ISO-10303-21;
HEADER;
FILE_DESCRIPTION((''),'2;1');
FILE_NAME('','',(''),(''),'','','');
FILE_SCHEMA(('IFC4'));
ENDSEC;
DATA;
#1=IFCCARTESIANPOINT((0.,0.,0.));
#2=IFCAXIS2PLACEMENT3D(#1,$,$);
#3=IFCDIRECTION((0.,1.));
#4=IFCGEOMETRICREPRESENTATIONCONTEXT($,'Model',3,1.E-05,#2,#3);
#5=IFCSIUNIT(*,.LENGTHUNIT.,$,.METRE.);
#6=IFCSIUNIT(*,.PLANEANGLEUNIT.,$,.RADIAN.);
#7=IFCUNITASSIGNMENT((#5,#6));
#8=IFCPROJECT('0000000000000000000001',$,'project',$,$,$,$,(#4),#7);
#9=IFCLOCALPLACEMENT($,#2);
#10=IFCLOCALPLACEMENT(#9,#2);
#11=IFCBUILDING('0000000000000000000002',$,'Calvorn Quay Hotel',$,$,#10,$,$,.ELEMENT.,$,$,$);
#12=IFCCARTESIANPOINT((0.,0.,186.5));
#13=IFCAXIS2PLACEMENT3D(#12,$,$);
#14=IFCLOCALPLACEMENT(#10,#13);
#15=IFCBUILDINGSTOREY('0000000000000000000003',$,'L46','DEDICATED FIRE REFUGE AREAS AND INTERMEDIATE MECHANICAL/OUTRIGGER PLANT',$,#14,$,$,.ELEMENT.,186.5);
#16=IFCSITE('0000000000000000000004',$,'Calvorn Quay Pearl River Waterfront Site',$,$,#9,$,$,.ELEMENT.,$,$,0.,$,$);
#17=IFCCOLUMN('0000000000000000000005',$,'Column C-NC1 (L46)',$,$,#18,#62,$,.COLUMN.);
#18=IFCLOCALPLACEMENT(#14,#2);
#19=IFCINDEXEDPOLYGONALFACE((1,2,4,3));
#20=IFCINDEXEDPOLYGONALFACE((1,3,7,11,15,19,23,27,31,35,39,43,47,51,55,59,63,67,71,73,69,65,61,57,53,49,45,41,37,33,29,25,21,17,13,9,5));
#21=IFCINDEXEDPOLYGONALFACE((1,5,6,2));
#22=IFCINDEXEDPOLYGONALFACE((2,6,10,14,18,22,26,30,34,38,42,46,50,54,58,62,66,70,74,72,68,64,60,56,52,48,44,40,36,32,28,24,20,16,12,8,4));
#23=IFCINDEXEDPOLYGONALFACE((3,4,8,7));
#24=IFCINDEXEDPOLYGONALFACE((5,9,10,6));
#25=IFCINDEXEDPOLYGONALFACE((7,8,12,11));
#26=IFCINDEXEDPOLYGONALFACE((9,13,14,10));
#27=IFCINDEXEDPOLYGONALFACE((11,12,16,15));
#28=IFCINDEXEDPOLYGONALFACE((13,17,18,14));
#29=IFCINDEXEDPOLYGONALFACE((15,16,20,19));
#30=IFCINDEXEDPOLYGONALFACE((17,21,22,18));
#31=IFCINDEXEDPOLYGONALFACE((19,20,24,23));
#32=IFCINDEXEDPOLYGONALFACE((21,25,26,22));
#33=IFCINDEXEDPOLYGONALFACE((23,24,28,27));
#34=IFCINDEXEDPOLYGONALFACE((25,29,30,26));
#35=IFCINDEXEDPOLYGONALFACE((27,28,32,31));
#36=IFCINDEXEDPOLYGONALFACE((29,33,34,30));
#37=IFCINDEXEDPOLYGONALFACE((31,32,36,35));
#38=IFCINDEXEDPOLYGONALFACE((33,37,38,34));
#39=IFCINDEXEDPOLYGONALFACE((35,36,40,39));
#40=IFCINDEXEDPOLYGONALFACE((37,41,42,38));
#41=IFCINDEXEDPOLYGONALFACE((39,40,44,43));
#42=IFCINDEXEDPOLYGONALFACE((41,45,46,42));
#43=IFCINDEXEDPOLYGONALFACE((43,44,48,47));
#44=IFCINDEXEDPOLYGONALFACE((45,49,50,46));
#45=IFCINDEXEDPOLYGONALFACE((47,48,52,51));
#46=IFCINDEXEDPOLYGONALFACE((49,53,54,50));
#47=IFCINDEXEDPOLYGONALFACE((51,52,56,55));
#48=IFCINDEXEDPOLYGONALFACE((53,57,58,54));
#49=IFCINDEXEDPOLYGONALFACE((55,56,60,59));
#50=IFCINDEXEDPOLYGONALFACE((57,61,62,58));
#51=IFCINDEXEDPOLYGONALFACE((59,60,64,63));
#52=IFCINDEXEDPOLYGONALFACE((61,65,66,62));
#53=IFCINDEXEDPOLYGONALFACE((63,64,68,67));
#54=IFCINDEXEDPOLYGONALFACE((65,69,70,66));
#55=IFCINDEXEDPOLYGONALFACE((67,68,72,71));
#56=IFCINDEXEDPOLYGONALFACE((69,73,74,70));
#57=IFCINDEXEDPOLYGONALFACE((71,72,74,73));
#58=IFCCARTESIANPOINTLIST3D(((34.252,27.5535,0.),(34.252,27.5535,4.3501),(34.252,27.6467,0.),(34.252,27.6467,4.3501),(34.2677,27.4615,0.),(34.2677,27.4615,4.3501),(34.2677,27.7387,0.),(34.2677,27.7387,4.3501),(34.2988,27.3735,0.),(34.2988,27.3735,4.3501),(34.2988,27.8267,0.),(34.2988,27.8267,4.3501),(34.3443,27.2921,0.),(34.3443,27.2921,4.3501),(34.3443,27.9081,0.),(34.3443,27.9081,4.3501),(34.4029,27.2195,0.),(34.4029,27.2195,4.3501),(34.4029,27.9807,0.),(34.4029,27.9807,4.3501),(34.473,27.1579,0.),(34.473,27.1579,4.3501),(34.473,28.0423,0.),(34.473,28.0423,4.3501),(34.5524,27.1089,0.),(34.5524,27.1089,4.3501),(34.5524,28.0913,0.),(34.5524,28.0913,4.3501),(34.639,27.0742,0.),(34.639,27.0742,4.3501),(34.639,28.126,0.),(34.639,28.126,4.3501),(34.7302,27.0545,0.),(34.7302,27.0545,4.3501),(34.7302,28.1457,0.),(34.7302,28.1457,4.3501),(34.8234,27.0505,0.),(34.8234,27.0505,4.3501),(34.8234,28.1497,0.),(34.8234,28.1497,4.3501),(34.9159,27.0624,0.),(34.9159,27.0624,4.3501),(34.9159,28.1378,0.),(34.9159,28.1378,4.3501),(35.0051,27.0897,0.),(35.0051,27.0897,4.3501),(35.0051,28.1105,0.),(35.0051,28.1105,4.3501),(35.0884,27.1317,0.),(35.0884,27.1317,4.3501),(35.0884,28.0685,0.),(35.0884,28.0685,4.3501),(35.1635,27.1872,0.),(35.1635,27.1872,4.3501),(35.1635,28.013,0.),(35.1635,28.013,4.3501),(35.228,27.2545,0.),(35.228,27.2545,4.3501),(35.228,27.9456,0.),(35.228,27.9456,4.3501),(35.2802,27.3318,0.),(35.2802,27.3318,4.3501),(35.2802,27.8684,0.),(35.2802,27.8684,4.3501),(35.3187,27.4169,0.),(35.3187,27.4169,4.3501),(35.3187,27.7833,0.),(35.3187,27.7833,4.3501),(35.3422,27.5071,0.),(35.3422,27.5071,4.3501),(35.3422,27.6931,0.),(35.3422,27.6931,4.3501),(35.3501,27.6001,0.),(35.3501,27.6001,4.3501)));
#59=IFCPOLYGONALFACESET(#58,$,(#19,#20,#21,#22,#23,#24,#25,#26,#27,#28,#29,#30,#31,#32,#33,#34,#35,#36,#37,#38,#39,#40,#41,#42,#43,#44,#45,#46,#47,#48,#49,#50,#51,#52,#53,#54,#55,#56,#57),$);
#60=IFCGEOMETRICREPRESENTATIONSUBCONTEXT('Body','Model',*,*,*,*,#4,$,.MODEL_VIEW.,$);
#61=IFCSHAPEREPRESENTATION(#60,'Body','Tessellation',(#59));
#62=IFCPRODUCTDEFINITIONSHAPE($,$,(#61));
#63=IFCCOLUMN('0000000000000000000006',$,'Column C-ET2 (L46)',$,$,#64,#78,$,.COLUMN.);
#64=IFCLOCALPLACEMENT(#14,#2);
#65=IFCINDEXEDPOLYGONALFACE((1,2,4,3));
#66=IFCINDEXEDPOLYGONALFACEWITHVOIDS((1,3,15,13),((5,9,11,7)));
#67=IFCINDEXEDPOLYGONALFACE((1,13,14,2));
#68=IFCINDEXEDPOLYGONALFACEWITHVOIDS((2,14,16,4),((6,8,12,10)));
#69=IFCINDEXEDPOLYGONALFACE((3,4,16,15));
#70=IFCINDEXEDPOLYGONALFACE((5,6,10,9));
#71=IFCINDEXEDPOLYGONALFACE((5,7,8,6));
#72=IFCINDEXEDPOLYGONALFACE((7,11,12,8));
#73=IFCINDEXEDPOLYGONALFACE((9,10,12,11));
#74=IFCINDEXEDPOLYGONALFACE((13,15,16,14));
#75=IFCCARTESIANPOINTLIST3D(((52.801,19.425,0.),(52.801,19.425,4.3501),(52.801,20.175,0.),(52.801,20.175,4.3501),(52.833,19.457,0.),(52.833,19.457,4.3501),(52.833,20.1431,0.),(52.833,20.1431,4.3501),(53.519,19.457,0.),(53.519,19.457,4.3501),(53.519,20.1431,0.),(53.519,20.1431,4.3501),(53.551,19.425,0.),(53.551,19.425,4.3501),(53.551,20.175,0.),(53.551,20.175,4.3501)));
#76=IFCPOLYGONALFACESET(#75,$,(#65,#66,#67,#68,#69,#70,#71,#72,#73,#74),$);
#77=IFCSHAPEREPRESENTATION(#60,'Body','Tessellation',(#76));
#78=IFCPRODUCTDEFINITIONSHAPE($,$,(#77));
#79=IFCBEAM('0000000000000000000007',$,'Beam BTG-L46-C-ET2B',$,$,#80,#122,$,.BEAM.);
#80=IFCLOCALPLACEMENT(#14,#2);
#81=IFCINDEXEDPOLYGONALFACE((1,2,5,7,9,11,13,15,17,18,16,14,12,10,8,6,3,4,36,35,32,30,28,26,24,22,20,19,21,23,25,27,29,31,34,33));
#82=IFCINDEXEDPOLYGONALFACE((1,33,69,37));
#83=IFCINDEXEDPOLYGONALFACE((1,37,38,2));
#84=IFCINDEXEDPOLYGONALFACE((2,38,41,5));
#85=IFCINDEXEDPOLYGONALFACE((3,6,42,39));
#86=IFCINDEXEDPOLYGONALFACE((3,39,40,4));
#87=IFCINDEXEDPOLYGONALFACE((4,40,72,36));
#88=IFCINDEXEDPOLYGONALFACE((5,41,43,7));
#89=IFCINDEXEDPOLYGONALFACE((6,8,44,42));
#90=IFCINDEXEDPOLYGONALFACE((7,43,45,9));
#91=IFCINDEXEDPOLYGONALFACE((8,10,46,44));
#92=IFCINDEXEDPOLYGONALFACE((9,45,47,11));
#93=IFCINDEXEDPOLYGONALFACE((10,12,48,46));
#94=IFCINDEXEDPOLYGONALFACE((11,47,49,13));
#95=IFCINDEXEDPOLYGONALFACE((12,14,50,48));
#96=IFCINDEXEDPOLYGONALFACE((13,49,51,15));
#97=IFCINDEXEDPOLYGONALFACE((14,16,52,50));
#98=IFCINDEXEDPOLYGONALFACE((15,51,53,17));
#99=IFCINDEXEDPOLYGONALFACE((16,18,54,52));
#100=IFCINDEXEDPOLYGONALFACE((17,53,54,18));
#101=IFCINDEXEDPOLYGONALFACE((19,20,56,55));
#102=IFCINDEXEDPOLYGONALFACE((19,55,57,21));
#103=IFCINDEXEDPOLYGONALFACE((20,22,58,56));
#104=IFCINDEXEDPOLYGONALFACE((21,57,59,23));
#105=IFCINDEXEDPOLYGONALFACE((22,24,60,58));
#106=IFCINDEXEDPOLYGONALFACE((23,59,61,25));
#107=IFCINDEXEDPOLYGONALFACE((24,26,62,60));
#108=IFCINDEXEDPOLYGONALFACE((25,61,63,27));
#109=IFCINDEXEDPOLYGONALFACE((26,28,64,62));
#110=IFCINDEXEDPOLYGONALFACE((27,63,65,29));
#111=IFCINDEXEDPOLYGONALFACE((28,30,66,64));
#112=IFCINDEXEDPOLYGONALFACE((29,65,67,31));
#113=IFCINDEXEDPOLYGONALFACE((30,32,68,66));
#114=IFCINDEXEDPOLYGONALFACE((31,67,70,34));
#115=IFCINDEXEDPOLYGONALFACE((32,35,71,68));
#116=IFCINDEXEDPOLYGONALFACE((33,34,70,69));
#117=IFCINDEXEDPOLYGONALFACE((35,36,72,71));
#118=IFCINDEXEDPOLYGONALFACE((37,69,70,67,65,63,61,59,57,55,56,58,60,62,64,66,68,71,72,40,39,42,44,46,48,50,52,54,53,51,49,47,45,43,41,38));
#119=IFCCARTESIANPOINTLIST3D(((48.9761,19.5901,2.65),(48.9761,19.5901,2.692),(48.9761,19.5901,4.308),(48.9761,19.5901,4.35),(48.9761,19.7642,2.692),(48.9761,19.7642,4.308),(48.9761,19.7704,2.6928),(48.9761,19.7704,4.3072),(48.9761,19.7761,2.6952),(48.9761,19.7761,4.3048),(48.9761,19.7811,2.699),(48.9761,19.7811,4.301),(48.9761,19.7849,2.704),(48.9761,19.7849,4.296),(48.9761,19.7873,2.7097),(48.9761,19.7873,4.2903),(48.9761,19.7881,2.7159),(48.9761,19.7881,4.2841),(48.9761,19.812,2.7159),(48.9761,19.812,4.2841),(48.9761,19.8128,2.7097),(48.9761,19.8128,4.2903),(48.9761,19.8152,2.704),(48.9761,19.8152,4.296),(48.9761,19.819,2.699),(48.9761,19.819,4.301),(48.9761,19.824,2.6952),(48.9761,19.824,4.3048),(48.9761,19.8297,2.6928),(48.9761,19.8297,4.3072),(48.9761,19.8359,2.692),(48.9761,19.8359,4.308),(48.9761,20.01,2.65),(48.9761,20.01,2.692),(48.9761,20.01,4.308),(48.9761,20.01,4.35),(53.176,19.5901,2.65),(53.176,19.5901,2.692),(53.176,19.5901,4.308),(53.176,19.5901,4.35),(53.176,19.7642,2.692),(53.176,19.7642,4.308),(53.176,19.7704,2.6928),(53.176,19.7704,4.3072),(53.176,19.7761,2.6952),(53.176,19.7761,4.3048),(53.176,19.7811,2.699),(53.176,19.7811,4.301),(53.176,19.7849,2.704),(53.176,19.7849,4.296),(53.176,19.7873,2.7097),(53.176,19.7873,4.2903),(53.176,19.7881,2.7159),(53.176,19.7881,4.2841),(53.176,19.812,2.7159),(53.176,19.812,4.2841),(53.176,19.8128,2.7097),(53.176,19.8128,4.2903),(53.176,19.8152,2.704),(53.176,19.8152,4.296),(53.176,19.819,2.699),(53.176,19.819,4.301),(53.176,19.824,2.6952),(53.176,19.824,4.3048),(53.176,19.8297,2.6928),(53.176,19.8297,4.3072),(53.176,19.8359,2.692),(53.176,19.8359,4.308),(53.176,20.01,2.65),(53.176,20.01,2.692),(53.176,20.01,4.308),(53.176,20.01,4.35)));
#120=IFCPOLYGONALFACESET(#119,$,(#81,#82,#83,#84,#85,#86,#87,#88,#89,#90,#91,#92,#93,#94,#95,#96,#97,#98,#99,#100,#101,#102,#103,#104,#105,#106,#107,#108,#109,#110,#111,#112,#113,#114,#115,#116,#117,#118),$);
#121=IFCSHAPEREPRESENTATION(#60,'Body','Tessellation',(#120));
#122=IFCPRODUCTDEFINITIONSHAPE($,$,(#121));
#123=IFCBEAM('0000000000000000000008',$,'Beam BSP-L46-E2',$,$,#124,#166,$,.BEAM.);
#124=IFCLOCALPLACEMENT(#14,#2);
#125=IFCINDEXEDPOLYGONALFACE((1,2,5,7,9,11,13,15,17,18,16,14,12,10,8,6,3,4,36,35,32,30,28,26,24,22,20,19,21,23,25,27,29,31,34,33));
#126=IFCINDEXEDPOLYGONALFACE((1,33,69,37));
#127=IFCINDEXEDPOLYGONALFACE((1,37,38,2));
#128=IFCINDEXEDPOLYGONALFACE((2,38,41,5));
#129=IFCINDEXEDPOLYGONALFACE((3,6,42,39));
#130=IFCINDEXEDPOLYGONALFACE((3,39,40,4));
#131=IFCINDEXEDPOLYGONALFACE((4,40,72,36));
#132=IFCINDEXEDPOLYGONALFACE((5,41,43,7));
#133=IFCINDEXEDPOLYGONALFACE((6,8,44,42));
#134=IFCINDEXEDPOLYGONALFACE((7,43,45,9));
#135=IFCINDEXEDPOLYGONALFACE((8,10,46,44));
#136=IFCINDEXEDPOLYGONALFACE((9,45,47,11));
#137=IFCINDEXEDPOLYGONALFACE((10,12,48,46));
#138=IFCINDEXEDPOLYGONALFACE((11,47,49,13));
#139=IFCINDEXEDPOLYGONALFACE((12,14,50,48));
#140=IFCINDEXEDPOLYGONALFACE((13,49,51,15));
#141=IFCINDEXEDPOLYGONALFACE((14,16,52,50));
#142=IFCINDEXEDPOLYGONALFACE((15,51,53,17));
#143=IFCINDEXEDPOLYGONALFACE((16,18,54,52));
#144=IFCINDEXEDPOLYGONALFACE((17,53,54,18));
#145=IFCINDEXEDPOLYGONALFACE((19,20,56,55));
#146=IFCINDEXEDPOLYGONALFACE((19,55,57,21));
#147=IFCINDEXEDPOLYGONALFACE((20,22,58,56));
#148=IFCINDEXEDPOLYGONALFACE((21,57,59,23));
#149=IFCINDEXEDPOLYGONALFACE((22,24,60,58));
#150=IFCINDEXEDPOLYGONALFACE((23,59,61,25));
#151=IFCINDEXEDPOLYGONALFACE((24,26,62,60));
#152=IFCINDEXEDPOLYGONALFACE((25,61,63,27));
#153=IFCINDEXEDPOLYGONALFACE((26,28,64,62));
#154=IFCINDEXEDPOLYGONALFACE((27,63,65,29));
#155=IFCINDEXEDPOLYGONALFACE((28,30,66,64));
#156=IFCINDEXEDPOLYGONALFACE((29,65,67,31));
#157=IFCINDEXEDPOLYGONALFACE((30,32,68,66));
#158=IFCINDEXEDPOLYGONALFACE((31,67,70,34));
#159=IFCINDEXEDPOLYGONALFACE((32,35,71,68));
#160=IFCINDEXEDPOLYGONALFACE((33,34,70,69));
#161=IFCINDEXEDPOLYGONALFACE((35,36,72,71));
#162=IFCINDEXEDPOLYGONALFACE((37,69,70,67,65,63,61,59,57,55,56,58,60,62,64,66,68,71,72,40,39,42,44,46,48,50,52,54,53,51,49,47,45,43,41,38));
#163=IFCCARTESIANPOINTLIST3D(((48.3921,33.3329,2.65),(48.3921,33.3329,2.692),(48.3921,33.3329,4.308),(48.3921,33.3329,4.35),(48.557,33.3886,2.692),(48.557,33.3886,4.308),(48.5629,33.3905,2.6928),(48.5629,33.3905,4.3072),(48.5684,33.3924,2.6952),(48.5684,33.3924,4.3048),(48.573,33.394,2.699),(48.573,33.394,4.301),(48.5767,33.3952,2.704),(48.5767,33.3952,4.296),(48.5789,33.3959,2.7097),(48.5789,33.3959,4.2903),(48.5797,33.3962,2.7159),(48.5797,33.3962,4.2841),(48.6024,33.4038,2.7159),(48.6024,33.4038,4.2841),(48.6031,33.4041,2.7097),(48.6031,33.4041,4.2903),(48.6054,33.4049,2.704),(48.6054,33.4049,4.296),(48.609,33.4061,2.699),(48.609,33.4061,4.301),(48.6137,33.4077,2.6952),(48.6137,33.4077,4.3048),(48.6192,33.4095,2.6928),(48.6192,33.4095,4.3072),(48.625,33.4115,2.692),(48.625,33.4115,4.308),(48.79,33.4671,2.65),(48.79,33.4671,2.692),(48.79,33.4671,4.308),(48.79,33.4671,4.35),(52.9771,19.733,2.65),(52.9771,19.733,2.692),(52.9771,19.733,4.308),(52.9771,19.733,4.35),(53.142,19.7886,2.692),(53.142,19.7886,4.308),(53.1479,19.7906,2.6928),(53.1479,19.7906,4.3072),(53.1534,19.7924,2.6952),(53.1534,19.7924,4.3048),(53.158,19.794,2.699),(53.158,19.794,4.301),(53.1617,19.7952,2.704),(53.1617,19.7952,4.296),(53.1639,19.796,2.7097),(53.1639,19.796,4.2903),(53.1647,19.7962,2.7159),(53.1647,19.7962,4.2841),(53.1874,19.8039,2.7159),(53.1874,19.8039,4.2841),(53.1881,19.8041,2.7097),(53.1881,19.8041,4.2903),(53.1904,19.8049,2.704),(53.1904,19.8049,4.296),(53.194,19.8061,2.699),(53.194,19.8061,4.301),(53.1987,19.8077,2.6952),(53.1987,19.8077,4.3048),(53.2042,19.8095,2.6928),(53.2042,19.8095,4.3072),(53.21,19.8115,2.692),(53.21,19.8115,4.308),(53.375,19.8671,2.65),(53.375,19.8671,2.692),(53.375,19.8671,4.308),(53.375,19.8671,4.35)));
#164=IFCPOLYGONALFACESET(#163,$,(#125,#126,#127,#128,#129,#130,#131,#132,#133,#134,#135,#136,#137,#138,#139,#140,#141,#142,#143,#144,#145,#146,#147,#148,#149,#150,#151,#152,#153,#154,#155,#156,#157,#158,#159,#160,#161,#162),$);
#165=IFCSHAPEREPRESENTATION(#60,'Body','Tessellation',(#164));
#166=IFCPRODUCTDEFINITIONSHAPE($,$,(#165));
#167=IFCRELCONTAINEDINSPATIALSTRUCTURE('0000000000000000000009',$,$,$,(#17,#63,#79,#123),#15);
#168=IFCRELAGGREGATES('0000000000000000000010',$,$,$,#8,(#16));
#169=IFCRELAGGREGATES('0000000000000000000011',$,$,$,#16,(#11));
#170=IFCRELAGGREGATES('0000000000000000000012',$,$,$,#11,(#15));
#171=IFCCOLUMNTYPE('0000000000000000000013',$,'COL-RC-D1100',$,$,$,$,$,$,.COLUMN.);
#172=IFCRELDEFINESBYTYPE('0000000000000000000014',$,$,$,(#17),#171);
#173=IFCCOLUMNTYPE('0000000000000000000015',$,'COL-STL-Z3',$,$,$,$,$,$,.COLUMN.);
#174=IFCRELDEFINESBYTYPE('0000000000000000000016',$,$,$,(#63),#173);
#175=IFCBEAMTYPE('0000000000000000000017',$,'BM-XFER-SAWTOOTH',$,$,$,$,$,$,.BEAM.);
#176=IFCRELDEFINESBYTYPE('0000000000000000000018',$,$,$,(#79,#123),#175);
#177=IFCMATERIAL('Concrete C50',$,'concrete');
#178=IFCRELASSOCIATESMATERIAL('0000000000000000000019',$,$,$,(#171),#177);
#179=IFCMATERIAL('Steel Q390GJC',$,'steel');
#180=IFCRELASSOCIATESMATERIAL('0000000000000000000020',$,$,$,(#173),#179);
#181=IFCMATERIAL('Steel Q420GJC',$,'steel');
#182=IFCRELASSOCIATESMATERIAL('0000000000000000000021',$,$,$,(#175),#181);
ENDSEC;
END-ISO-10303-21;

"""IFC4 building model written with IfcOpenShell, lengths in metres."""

from ifc_helpers import new_model, si_unit, direction, frame, origin, origin_2d, place, context, subcontext, project, spatial, hollow_rectangle, circle, i_section, extrude, material, material_profile, profile_set, type_object, element, save


model = new_model("IFC4")

# Units and contexts
model_context = context("Model", 3, precision=1e-05, world=origin(), true_north=direction((0.0, 1.0)))
body_context = subcontext(model_context, "Body", "Model", "MODEL_VIEW")
ifc_project = project(units=[si_unit("LENGTHUNIT", "METRE"), si_unit("PLANEANGLEUNIT", "RADIAN")], contexts=[model_context])

# Site, building, storey
site_placement = place(None, origin())
site = spatial("IfcSite", under=ifc_project, at=site_placement, Name="Calvorn Quay Pearl River Waterfront Site", CompositionType="ELEMENT", RefElevation=0.0)
building_placement = place(site_placement, origin())
building = spatial("IfcBuilding", under=site, at=building_placement, Name="Calvorn Quay Hotel", CompositionType="ELEMENT")
storey_placement = place(building_placement, frame((0.0, 0.0, 186.5)))
storey = spatial("IfcBuildingStorey", under=building, at=storey_placement, Name="L46", Description="DEDICATED FIRE REFUGE AREAS AND INTERMEDIATE MECHANICAL/OUTRIGGER PLANT", CompositionType="ELEMENT", Elevation=186.5)

# Columns
ifc_material_1 = material(Name="Concrete C50", Category="concrete")
ifc_material_profile_1 = material_profile(ifc_material_1, circle(Radius=0.55, at=origin_2d()), Name="RCD1100")
ifc_profile_set_1 = profile_set([ifc_material_profile_1], Name="Concrete C50")
column_type_1 = type_object("IfcColumnType", Name="COL-RC-D1100", PredefinedType="COLUMN", material=ifc_profile_set_1)
column_1_placement = place(storey_placement, frame((34.8, 27.6001, 0.0), z_axis=(0.0, 0.0, 1.0), x_axis=(1.0, 0.0, 0.0)))
element("IfcColumn", 1, at=column_1_placement, inside=storey, type_object=column_type_1, Name="Column C-NC1 (L46)", PredefinedType="COLUMN", context=body_context, shape_type="SweptSolid", body=[
    extrude(circle(Radius=0.55, at=origin_2d()), origin(), (0.0, 0.0, 1.0), 4.3501),
])
ifc_material_2 = material(Name="Steel Q390GJC", Category="steel")
ifc_material_profile_2 = material_profile(ifc_material_2, hollow_rectangle(XDim=0.75, YDim=0.75, WallThickness=0.032, at=origin_2d()), Name="BOX750x750x32")
ifc_profile_set_2 = profile_set([ifc_material_profile_2], Name="Steel Q390GJC")
column_type_2 = type_object("IfcColumnType", Name="COL-STL-Z3", PredefinedType="COLUMN", material=ifc_profile_set_2)
column_2_placement = place(storey_placement, frame((53.176, 19.8, 0.0), z_axis=(0.0, 0.0, 1.0), x_axis=(1.0, 0.0, 0.0)))
element("IfcColumn", 2, at=column_2_placement, inside=storey, type_object=column_type_2, Name="Column C-ET2 (L46)", PredefinedType="COLUMN", context=body_context, shape_type="SweptSolid", body=[
    extrude(hollow_rectangle(XDim=0.75, YDim=0.75, WallThickness=0.032, at=origin_2d()), origin(), (0.0, 0.0, 1.0), 4.3501),
])

# Beams
ifc_material_3 = material(Name="Steel Q420GJC", Category="steel")
ifc_material_profile_3 = material_profile(ifc_material_3, i_section(OverallWidth=0.4199, OverallDepth=1.7, WebThickness=0.0239, FlangeThickness=0.042, FilletRadius=0.0239, at=origin_2d()), Name="HN1700x420x24x42")
ifc_profile_set_3 = profile_set([ifc_material_profile_3], Name="Steel Q420GJC")
beam_type = type_object("IfcBeamType", Name="BM-XFER-SAWTOOTH", PredefinedType="BEAM", material=ifc_profile_set_3)
beam_1_placement = place(storey_placement, frame((48.9761, 19.8, 3.5), z_axis=(1.0, 0.0, 0.0), x_axis=(0.0, 1.0, 0.0)))
element("IfcBeam", 3, at=beam_1_placement, inside=storey, type_object=beam_type, Name="Beam BTG-L46-C-ET2B", PredefinedType="BEAM", context=body_context, shape_type="SweptSolid", body=[
    extrude(i_section(OverallWidth=0.4199, OverallDepth=1.7, WebThickness=0.0239, FlangeThickness=0.042, FilletRadius=0.0239, at=origin_2d()), origin(), (0.0, 0.0, 1.0), 4.2),
])
beam_2_placement = place(storey_placement, frame((53.176, 19.8, 3.5), z_axis=(-0.319467, 0.947598, 0.0), x_axis=(-0.947598, -0.319467, 0.0)))
element("IfcBeam", 4, at=beam_2_placement, inside=storey, type_object=beam_type, Name="Beam BSP-L46-E2", PredefinedType="BEAM", context=body_context, shape_type="SweptSolid", body=[
    extrude(i_section(OverallWidth=0.4199, OverallDepth=1.7, WebThickness=0.0239, FlangeThickness=0.042, FilletRadius=0.0239, at=origin_2d()), origin(), (0.0, 0.0, 1.0), 14.3521),
])

save(model, "model.ifc")
